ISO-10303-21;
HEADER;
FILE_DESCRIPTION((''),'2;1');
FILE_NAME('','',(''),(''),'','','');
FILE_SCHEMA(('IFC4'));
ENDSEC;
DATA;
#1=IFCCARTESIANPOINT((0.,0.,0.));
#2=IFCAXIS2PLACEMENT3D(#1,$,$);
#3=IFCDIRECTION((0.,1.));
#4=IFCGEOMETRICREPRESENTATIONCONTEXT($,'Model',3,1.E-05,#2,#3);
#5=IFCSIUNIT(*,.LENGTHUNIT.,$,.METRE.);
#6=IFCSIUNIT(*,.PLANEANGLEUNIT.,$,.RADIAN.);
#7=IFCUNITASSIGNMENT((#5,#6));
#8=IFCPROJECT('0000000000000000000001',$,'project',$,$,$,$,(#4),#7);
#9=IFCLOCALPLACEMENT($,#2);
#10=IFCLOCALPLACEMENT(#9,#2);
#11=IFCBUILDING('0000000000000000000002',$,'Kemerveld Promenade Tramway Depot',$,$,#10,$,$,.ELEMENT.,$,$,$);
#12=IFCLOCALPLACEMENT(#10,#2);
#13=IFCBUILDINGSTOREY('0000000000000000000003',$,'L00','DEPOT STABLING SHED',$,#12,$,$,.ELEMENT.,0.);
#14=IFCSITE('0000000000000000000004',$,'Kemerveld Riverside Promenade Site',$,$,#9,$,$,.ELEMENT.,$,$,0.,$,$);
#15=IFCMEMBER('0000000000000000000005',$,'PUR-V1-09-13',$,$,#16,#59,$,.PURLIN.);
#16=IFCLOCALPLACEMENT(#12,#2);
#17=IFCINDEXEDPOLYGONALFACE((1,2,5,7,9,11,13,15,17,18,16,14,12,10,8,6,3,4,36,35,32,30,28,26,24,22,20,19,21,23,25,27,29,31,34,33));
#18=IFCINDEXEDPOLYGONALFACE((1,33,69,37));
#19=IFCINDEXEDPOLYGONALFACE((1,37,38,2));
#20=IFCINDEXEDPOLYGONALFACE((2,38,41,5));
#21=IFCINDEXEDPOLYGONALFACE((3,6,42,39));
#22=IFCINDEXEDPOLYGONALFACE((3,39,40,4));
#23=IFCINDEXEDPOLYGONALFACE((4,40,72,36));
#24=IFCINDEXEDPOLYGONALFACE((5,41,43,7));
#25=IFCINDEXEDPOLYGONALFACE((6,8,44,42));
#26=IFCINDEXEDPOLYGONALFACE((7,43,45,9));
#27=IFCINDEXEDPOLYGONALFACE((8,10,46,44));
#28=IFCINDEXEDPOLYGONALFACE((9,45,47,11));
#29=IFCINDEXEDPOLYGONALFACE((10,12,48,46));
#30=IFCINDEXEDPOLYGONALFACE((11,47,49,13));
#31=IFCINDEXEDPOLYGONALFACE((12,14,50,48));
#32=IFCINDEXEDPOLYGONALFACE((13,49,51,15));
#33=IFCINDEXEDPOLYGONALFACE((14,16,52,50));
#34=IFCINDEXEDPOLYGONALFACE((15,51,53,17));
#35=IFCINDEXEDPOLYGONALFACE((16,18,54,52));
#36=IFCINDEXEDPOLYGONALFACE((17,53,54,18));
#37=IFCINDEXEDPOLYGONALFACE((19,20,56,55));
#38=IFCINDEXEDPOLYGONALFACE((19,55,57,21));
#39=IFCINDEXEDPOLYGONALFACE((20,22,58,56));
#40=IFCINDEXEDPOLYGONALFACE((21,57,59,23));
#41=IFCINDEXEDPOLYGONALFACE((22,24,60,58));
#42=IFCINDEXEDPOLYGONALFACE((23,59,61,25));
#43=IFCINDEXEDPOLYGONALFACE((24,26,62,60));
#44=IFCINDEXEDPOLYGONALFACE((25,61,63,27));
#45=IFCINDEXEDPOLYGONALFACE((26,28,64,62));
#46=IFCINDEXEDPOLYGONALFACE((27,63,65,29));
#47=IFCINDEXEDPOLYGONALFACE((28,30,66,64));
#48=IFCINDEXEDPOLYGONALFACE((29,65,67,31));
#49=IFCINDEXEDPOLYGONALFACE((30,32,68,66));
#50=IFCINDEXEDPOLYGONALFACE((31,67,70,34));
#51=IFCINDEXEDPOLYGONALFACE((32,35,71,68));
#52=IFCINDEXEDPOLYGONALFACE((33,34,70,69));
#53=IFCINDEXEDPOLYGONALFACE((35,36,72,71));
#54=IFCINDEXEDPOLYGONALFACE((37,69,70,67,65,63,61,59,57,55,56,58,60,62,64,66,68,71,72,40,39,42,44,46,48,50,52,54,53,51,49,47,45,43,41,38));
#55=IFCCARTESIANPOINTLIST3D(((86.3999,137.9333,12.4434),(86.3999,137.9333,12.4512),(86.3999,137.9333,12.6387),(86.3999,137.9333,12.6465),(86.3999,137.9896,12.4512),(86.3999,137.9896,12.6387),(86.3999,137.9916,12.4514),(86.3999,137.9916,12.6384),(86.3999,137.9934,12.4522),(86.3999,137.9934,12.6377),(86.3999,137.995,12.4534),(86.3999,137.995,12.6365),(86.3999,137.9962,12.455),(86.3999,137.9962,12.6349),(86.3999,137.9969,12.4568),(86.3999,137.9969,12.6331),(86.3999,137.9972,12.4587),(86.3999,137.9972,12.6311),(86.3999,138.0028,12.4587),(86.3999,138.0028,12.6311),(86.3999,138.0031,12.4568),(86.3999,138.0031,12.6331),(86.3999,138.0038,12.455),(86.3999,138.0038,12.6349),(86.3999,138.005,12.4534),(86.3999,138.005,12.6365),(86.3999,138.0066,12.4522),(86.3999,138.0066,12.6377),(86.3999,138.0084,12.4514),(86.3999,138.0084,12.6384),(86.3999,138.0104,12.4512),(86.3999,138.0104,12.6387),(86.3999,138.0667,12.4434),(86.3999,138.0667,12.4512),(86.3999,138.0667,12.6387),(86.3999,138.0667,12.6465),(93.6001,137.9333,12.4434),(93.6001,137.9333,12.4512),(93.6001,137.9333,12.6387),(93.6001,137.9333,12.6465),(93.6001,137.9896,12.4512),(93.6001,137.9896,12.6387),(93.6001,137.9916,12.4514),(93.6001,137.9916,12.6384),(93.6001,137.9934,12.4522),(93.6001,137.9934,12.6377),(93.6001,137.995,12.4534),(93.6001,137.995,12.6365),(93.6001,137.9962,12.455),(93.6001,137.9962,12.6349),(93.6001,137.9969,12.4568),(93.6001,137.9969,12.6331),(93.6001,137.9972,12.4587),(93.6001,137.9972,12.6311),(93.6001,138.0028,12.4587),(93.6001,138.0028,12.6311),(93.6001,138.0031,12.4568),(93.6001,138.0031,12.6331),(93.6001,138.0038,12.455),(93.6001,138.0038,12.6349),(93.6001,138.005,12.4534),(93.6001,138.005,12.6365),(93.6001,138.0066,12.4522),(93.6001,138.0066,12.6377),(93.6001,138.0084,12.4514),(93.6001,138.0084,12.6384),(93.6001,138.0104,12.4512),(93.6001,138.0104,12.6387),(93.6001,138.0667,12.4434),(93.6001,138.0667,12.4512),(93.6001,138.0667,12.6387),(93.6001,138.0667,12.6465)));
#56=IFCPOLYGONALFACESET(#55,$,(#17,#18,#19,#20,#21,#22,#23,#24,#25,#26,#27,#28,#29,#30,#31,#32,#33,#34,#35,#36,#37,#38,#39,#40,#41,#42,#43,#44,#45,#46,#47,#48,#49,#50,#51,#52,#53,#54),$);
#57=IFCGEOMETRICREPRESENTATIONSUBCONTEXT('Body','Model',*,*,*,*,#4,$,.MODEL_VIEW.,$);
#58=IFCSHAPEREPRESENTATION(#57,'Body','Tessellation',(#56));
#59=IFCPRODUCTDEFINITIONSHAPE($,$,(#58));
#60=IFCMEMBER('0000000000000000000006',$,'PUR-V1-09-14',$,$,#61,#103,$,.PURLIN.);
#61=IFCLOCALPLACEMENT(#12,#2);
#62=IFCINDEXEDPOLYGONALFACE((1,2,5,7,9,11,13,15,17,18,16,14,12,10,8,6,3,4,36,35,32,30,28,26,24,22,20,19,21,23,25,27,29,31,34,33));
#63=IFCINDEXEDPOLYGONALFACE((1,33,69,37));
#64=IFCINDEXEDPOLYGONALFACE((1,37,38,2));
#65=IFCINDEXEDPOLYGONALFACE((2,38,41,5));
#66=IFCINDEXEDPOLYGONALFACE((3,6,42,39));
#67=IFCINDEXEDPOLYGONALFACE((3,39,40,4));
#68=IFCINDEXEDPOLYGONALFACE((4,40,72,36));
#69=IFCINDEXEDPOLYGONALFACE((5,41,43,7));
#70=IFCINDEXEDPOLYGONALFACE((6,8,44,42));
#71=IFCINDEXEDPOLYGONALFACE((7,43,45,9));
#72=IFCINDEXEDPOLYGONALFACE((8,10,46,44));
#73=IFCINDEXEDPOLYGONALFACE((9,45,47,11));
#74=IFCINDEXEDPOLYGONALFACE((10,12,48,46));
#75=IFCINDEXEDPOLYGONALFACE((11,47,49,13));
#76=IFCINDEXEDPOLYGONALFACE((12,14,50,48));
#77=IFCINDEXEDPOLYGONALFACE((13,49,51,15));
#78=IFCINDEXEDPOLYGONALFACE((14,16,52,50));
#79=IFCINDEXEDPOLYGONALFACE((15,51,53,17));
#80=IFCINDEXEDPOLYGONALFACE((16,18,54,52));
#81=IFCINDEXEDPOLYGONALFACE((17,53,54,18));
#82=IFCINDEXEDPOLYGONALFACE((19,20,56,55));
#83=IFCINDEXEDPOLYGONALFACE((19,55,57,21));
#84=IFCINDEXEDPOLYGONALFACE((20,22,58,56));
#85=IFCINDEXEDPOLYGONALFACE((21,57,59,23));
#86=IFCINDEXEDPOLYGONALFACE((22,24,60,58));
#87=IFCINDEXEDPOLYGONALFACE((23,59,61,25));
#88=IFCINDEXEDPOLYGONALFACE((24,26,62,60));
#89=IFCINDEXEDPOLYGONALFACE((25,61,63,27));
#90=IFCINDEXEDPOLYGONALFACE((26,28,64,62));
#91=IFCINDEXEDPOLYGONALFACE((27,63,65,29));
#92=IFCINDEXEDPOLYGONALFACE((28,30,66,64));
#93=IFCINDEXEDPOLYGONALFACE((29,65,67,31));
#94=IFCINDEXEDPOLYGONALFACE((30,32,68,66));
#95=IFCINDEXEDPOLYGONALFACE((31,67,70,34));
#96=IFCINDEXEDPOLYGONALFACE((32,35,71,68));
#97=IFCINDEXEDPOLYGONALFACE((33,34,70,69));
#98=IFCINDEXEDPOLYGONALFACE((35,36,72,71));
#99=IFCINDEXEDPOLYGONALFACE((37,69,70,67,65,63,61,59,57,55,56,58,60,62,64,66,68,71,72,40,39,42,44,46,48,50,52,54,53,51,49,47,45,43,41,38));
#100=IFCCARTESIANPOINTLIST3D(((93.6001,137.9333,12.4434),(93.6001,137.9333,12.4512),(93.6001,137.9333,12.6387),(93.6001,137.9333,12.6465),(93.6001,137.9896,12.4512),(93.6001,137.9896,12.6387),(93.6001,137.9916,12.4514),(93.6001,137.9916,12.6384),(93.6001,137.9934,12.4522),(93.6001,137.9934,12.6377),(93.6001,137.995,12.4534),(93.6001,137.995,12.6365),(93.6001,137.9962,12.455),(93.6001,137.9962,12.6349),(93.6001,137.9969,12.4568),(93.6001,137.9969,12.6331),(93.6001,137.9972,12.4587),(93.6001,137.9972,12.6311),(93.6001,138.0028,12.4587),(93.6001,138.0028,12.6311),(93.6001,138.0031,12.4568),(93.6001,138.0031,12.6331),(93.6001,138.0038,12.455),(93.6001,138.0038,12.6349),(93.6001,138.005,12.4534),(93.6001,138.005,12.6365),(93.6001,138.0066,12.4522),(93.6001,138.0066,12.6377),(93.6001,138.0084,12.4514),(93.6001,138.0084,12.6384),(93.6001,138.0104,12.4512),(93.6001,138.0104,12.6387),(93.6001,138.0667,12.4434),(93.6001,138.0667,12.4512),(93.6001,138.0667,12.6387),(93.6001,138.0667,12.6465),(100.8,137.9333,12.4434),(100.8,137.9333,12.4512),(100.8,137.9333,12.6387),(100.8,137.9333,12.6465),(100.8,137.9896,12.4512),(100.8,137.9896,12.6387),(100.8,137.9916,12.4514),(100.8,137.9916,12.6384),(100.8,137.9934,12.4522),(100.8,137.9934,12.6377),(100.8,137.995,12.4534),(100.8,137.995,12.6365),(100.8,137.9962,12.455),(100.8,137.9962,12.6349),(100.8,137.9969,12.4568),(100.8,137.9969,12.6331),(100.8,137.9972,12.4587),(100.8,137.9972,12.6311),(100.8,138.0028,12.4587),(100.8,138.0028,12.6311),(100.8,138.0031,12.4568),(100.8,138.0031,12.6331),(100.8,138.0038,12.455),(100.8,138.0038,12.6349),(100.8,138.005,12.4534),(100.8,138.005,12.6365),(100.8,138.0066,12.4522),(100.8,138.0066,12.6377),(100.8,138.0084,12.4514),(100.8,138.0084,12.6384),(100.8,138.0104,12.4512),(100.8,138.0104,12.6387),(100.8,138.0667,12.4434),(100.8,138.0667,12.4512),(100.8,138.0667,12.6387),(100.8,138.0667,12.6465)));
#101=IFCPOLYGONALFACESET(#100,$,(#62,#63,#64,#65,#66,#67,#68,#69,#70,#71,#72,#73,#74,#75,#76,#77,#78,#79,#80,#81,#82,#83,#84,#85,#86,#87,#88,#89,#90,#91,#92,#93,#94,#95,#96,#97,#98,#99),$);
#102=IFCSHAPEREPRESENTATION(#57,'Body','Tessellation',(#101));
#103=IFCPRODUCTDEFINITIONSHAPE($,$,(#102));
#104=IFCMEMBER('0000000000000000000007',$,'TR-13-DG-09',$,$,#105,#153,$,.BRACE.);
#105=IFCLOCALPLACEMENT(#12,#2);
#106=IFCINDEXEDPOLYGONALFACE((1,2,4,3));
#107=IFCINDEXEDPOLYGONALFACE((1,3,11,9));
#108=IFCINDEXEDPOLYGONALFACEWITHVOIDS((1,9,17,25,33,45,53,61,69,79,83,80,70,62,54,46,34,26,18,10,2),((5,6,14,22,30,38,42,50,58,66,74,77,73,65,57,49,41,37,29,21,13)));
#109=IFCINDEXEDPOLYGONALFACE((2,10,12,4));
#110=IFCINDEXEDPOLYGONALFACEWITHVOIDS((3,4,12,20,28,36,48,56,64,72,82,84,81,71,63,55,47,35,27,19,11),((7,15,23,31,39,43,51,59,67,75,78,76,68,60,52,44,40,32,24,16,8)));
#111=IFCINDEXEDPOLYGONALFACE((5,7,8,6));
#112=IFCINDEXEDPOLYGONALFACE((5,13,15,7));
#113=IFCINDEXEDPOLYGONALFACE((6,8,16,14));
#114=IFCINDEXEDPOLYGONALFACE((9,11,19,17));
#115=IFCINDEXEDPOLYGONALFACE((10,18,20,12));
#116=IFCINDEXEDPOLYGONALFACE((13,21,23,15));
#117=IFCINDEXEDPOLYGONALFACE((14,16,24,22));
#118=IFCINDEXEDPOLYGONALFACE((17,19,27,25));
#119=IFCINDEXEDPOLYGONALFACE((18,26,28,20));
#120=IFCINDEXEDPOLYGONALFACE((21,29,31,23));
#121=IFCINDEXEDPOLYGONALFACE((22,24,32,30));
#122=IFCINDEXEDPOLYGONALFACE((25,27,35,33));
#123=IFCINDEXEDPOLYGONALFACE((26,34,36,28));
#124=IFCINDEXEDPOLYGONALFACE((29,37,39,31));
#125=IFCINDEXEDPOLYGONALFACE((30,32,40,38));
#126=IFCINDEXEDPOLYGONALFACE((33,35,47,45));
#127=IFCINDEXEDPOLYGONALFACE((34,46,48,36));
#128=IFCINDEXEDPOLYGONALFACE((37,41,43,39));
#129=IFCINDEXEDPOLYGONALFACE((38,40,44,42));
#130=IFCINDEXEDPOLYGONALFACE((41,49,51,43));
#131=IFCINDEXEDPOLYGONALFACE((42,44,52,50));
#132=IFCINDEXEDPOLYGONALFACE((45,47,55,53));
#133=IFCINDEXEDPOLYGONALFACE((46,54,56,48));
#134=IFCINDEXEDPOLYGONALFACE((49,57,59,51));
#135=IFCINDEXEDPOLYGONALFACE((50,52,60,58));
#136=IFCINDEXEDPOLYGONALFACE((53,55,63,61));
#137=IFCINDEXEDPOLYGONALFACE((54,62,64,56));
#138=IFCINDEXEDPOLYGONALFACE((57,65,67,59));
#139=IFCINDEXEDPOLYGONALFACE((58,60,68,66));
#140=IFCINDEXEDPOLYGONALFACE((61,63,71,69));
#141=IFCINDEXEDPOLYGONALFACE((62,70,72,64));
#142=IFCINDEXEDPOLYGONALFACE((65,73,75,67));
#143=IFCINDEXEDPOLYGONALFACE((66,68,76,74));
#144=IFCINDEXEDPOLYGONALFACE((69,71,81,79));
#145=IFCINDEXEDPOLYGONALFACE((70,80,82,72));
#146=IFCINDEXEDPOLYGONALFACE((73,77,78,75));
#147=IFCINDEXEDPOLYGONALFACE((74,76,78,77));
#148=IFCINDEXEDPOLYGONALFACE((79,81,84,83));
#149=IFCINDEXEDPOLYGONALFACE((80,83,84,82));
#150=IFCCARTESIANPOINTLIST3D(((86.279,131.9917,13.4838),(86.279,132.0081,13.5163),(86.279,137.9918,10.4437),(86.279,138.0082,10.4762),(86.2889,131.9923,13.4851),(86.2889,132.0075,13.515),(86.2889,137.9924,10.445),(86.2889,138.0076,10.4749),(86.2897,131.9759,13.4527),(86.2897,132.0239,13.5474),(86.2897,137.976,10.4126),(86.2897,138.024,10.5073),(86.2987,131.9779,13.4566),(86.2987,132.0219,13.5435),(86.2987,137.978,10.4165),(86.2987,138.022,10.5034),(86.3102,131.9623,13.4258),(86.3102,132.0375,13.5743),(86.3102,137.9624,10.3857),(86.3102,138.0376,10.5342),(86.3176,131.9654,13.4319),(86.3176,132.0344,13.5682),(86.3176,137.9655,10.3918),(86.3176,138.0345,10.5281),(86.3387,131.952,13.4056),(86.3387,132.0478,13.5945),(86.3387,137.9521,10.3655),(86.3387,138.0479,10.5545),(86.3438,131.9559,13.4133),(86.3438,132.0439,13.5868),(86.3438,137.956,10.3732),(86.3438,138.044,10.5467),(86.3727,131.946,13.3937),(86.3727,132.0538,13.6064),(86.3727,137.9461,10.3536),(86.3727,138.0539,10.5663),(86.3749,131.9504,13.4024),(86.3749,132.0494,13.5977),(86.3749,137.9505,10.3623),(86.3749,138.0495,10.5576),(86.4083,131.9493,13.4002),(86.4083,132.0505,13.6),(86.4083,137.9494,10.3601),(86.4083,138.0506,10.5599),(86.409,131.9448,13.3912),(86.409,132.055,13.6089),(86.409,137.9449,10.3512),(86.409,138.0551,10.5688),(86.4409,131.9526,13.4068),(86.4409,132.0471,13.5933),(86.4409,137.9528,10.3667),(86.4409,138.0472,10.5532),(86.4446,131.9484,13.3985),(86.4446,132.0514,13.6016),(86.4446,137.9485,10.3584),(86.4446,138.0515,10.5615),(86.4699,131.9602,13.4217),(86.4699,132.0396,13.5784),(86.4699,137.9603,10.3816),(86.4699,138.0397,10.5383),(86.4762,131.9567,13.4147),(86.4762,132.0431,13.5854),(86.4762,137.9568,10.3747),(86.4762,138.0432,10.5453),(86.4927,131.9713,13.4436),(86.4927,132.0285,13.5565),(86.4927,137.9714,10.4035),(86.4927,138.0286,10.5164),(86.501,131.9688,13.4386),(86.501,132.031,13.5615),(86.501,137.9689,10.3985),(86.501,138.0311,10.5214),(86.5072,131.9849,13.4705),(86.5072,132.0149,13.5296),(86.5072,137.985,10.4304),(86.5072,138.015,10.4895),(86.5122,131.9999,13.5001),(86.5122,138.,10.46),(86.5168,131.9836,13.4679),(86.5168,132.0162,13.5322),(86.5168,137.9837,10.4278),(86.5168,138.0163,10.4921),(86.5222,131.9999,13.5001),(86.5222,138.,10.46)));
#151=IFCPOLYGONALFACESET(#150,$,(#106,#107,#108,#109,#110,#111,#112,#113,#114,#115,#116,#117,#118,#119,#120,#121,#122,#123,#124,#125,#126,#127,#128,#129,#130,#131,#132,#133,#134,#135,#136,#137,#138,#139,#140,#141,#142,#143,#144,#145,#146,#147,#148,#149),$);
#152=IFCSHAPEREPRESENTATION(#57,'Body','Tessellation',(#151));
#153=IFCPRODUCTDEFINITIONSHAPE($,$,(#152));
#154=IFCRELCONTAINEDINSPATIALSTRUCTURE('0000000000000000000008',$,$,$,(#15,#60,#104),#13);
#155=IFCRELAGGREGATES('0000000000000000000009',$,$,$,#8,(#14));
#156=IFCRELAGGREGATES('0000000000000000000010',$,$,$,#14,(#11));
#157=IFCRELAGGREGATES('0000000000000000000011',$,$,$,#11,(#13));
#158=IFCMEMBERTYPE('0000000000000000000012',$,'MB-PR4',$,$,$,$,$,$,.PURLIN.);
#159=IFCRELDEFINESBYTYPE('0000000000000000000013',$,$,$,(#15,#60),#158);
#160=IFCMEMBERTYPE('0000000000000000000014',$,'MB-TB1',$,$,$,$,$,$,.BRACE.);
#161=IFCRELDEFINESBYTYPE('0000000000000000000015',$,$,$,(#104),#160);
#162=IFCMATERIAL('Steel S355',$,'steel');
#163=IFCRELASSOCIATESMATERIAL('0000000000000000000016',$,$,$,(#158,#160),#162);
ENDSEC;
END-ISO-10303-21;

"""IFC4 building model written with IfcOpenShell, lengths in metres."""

from ifc_helpers import new_model, si_unit, direction, frame, origin, origin_2d, place, context, subcontext, project, spatial, hollow_circle, i_section, extrude, material, material_profile, profile_set, type_object, element, save


model = new_model("IFC4")

# Units and contexts
model_context = context("Model", 3, precision=1e-05, world=origin(), true_north=direction((0.0, 1.0)))
body_context = subcontext(model_context, "Body", "Model", "MODEL_VIEW")
ifc_project = project(units=[si_unit("LENGTHUNIT", "METRE"), si_unit("PLANEANGLEUNIT", "RADIAN")], contexts=[model_context])

# Site, building, storey
site_placement = place(None, origin())
site = spatial("IfcSite", under=ifc_project, at=site_placement, Name="Kemerveld Riverside Promenade Site", CompositionType="ELEMENT", RefElevation=0.0)
building_placement = place(site_placement, origin())
building = spatial("IfcBuilding", under=site, at=building_placement, Name="Kemerveld Promenade Tramway Depot", CompositionType="ELEMENT")
storey_placement = place(building_placement, origin())
storey = spatial("IfcBuildingStorey", under=building, at=storey_placement, Name="L00", Description="DEPOT STABLING SHED", CompositionType="ELEMENT", Elevation=0.0)

# Members
ifc_material_1 = material(Name="Steel S355", Category="steel")
ifc_material_profile_1 = material_profile(ifc_material_1, i_section(OverallWidth=0.1333, OverallDepth=0.2031, WebThickness=0.0056, FlangeThickness=0.0078, FilletRadius=0.0076, at=origin_2d()), Name="203x133x25 UB")
ifc_profile_set_1 = profile_set([ifc_material_profile_1], Name="Steel S355")
member_type_1 = type_object("IfcMemberType", Name="MB-PR4", PredefinedType="PURLIN", material=ifc_profile_set_1)
member_1_placement = place(storey_placement, frame((86.3999, 138.0, 12.5449), z_axis=(1.0, 0.0, 0.0), x_axis=(0.0, 1.0, 0.0)))
element("IfcMember", 1, at=member_1_placement, inside=storey, type_object=member_type_1, Name="PUR-V1-09-13", PredefinedType="PURLIN", context=body_context, shape_type="SweptSolid", body=[
    extrude(i_section(OverallWidth=0.1333, OverallDepth=0.2031, WebThickness=0.0056, FlangeThickness=0.0078, FilletRadius=0.0076, at=origin_2d()), origin(), (0.0, 0.0, 1.0), 7.2002),
])
member_2_placement = place(storey_placement, frame((93.6001, 138.0, 12.5449), z_axis=(1.0, 0.0, 0.0), x_axis=(0.0, 1.0, 0.0)))
element("IfcMember", 2, at=member_2_placement, inside=storey, type_object=member_type_1, Name="PUR-V1-09-14", PredefinedType="PURLIN", context=body_context, shape_type="SweptSolid", body=[
    extrude(i_section(OverallWidth=0.1333, OverallDepth=0.2031, WebThickness=0.0056, FlangeThickness=0.0078, FilletRadius=0.0076, at=origin_2d()), origin(), (0.0, 0.0, 1.0), 7.2),
])
ifc_material_profile_2 = material_profile(ifc_material_1, hollow_circle(Radius=0.1223, WallThickness=0.01, at=origin_2d()), Name="244.5x10.0 CHS")
ifc_profile_set_2 = profile_set([ifc_material_profile_2], Name="Steel S355")
member_type_2 = type_object("IfcMemberType", Name="MB-TB1", PredefinedType="BRACE", material=ifc_profile_set_2)
member_3_placement = place(storey_placement, frame((86.3999, 138.0, 10.46), z_axis=(0.0, -0.892033, 0.451969), x_axis=(1.0, 0.0, 0.0)))
element("IfcMember", 3, at=member_3_placement, inside=storey, type_object=member_type_2, Name="TR-13-DG-09", PredefinedType="BRACE", context=body_context, shape_type="SweptSolid", body=[
    extrude(hollow_circle(Radius=0.1223, WallThickness=0.01, at=origin_2d()), origin(), (0.0, 0.0, 1.0), 6.7263),
])

save(model, "model.ifc")
